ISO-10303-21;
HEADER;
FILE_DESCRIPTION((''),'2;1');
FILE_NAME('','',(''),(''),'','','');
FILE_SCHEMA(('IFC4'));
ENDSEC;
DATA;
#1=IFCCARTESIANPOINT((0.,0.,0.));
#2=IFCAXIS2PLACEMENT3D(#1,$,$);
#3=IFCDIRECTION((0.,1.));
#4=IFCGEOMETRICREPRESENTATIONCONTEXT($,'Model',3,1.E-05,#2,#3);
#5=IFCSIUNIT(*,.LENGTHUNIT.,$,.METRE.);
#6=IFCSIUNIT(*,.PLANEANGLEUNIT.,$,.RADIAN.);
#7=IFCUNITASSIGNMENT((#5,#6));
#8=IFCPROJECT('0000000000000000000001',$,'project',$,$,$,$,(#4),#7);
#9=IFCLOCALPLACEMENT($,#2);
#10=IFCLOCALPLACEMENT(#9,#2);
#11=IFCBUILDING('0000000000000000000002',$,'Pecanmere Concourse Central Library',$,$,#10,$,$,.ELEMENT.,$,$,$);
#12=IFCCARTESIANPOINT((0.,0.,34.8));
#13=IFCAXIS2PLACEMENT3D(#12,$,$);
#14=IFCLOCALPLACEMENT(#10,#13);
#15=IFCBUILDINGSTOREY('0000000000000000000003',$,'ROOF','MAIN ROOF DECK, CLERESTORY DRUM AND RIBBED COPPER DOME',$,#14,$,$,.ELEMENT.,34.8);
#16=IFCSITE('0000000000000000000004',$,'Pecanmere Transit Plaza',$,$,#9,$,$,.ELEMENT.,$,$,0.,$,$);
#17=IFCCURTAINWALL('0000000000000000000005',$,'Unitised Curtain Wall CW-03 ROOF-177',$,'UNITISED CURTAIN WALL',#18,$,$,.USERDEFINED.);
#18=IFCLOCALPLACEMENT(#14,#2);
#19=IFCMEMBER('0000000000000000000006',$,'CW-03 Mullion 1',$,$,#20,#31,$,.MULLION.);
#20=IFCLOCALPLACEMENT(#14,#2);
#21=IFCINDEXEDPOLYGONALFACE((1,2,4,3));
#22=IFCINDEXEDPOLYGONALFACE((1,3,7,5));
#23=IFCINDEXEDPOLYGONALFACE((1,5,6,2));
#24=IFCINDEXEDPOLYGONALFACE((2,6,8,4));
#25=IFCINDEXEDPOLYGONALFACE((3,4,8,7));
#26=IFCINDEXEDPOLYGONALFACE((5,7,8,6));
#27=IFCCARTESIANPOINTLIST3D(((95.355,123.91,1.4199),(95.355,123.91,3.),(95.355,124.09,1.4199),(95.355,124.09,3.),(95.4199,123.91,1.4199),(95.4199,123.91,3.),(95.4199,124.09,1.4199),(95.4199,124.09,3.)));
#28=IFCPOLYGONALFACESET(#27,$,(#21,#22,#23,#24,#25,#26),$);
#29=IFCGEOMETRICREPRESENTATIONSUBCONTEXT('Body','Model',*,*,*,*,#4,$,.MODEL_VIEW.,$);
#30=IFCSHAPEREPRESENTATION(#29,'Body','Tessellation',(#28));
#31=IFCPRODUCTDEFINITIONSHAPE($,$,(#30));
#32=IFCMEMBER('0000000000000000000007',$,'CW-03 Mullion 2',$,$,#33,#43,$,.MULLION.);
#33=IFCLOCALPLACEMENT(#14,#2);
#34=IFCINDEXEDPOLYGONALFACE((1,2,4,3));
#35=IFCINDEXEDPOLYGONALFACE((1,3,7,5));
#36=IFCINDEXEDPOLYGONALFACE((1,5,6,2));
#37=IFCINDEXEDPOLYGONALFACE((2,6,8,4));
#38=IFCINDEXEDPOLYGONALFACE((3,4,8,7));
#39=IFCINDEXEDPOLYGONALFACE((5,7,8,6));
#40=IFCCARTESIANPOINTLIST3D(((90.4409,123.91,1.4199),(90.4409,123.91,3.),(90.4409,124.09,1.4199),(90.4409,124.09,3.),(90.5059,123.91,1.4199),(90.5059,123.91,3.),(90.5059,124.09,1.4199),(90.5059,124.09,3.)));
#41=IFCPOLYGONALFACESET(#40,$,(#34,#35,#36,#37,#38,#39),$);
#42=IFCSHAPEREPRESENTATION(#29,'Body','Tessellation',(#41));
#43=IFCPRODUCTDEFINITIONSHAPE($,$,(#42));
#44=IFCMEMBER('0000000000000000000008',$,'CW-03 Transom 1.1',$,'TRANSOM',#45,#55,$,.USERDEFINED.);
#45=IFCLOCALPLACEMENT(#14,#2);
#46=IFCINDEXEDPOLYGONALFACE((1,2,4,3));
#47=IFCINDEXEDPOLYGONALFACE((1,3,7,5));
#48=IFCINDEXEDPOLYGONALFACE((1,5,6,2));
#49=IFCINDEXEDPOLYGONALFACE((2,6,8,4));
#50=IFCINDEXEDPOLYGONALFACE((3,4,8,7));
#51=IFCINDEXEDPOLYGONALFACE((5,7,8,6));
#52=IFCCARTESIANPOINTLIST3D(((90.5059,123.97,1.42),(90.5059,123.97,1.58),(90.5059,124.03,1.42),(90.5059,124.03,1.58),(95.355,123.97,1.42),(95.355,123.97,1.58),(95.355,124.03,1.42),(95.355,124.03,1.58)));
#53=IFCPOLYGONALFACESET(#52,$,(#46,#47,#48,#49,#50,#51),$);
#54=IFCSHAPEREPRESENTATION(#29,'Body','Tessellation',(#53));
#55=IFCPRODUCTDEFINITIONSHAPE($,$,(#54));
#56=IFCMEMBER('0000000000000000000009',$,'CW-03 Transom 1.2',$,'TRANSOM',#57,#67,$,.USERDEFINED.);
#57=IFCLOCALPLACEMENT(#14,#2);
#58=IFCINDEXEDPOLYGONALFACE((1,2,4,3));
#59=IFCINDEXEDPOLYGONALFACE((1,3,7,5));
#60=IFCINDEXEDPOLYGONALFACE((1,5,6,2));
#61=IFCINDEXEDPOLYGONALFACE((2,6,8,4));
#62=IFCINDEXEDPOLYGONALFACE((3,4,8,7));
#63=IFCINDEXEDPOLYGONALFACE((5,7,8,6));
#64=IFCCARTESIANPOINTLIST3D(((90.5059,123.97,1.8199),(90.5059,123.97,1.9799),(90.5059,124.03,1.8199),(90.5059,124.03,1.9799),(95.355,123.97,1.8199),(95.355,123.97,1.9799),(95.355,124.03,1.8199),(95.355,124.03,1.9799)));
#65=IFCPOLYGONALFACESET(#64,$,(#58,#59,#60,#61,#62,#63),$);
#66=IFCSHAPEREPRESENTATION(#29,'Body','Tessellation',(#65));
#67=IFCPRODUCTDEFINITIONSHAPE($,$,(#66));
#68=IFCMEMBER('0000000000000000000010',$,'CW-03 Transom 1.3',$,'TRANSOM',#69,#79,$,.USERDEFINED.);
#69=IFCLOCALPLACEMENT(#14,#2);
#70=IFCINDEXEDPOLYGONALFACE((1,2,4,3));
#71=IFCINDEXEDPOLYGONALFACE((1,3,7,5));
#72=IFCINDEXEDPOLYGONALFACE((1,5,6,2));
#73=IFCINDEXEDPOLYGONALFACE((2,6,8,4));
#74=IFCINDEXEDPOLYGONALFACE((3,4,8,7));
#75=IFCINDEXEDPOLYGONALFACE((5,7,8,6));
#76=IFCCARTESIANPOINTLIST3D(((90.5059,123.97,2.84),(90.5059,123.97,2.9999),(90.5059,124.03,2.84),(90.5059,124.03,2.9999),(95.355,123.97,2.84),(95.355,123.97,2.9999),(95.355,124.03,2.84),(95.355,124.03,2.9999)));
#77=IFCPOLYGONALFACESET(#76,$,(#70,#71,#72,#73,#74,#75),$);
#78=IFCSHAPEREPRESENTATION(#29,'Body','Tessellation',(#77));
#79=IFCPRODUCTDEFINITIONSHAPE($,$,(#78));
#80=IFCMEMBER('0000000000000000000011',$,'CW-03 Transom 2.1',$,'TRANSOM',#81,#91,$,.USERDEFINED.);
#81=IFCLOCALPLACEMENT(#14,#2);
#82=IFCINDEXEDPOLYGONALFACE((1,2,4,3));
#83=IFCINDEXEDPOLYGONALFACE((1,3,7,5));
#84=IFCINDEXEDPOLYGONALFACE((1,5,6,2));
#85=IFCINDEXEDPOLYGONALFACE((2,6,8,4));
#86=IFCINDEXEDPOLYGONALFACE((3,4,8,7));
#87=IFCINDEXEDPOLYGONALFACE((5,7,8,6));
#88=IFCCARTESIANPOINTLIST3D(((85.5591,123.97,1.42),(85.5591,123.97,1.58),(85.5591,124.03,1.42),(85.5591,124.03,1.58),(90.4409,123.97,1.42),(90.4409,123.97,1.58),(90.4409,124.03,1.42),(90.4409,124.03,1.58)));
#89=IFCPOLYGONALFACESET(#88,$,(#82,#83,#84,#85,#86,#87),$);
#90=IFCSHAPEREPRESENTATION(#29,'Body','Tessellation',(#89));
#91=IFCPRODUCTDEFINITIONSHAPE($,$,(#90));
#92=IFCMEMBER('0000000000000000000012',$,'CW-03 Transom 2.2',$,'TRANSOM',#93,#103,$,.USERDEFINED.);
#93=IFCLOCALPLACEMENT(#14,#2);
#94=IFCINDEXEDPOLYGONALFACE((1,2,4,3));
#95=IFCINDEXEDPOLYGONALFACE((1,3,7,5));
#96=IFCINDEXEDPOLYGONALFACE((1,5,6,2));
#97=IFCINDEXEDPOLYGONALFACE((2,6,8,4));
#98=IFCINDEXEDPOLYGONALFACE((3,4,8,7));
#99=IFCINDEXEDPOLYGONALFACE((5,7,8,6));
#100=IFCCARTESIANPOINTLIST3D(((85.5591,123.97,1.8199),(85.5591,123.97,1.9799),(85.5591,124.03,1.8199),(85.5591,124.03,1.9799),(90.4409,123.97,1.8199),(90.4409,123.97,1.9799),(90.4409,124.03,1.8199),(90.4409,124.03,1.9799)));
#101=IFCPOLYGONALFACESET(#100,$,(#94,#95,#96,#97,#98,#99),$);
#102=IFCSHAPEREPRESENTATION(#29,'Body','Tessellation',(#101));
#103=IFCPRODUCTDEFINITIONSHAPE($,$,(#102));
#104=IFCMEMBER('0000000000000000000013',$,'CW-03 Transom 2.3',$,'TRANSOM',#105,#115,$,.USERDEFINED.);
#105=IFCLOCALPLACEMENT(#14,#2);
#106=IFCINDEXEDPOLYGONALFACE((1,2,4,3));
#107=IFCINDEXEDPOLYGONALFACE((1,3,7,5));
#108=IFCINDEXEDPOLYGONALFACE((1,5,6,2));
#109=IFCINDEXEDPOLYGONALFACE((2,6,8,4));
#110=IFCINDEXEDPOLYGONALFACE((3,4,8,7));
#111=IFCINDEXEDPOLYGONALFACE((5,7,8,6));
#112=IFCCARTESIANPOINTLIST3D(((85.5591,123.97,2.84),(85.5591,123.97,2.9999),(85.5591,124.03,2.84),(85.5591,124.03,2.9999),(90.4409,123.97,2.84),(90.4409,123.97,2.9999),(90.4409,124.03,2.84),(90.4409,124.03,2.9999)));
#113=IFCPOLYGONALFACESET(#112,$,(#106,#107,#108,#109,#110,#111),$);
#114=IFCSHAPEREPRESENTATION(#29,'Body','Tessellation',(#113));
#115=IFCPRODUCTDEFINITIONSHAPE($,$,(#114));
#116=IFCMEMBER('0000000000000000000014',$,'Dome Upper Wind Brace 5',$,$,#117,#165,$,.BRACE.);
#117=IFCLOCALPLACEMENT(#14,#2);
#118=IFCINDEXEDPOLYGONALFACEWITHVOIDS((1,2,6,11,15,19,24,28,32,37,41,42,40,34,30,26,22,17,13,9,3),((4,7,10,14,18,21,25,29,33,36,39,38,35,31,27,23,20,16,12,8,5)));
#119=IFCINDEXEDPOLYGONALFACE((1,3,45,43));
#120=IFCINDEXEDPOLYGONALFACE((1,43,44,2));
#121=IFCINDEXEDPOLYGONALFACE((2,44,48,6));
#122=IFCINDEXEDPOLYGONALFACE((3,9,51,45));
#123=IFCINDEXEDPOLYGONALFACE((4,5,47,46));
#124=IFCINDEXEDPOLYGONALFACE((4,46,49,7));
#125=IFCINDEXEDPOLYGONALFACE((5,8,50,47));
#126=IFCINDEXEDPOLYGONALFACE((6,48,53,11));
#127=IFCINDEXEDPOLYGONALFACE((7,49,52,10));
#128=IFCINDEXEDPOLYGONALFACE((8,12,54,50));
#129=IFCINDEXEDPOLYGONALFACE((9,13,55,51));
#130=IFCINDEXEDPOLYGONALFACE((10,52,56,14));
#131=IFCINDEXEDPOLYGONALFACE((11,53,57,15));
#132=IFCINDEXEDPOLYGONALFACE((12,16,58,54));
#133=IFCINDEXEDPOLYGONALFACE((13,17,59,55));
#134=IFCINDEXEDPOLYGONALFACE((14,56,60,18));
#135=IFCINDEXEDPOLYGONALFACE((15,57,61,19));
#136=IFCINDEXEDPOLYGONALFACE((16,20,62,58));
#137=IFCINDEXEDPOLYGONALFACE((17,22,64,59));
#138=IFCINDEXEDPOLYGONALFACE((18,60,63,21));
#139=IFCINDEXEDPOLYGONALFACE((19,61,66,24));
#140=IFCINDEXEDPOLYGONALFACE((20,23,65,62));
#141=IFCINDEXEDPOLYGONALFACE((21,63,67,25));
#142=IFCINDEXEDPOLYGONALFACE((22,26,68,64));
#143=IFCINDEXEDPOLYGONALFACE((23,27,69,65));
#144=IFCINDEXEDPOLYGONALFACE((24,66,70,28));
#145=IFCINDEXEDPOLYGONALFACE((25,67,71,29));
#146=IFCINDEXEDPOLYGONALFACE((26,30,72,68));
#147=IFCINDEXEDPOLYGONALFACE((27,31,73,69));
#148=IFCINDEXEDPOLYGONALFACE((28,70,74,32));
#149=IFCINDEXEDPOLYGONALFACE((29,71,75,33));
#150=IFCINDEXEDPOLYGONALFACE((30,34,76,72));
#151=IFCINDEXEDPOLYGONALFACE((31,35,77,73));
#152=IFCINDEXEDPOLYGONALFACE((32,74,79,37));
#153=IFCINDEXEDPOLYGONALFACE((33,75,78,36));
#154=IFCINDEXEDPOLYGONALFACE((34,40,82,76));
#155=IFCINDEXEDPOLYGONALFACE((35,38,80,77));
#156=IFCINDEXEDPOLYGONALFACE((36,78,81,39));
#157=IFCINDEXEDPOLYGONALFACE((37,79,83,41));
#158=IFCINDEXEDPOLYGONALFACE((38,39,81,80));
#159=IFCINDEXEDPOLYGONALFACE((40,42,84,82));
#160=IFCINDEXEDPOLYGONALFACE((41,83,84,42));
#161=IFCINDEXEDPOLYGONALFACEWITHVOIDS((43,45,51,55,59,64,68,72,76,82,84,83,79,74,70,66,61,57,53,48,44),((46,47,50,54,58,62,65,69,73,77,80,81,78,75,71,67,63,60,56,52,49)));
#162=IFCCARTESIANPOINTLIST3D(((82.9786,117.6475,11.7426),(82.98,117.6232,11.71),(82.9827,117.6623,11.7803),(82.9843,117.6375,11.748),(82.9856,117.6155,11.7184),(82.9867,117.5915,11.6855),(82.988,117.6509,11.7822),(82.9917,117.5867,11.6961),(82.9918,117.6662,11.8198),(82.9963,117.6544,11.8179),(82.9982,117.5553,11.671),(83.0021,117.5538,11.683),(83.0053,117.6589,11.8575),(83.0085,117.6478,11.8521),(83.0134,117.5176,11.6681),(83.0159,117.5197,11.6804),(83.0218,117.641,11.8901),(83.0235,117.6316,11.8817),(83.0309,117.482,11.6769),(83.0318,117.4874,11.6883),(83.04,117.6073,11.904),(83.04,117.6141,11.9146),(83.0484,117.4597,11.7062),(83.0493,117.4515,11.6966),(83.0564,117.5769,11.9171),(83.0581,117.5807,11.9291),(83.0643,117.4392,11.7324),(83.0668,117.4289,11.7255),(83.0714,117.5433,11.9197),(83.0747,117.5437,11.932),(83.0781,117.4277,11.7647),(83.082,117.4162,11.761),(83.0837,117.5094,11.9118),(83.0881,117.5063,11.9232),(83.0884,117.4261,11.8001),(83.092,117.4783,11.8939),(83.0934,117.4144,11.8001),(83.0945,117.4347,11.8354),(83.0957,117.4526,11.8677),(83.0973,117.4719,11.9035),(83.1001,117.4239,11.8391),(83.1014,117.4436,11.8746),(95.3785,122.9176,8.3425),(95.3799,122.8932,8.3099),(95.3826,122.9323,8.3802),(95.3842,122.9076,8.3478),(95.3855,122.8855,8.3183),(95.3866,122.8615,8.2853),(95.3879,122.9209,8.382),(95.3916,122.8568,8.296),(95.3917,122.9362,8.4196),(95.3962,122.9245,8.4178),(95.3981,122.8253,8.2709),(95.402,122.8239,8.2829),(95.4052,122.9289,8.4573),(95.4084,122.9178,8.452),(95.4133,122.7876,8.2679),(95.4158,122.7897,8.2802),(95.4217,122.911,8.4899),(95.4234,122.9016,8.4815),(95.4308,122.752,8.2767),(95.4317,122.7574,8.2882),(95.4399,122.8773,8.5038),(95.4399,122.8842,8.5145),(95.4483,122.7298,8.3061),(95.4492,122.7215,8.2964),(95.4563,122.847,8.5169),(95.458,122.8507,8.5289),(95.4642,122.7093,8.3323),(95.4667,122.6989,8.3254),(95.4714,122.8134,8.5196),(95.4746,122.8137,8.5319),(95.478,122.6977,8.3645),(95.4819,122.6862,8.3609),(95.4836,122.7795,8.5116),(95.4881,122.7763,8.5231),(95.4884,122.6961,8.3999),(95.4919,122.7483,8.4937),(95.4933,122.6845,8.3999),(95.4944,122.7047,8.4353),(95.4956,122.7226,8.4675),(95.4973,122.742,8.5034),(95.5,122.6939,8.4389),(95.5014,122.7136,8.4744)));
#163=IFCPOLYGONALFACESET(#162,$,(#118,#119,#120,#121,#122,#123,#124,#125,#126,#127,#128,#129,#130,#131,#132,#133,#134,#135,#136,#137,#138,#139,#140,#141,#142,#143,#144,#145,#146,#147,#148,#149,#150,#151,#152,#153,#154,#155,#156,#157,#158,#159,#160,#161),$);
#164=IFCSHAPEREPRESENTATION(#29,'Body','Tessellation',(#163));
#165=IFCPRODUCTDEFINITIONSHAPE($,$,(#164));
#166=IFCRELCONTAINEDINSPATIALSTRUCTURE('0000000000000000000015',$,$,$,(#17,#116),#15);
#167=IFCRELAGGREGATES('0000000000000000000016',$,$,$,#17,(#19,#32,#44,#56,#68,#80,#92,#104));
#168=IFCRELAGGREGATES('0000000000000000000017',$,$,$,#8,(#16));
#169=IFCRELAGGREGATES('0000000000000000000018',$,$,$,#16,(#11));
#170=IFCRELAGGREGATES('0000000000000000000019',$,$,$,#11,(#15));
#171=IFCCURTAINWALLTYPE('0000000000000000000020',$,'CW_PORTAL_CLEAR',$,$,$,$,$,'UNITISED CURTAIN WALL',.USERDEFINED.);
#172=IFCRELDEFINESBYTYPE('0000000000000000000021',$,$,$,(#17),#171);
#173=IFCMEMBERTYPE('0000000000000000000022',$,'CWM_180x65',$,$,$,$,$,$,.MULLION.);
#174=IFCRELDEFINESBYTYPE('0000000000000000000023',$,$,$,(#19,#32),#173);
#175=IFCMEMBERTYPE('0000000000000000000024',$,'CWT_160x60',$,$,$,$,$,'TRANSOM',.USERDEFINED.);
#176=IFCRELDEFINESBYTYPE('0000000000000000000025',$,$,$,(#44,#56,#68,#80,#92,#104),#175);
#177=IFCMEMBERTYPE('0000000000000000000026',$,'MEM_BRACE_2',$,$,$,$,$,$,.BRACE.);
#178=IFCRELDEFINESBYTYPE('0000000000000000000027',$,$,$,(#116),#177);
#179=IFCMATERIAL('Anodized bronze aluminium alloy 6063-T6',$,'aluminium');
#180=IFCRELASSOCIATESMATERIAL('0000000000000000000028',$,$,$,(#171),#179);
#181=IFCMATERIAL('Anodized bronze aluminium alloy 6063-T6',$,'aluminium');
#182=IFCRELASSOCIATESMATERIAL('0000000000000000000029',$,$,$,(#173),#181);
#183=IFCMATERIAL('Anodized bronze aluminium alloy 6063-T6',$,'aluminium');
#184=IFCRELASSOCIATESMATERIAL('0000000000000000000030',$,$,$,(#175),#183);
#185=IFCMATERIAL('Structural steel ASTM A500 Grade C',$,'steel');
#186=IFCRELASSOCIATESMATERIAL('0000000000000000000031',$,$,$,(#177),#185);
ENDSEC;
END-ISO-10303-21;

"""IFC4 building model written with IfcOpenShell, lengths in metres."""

from ifc_helpers import new_model, si_unit, direction, frame, origin, origin_2d, place, context, subcontext, project, spatial, rectangle, hollow_circle, extrude, material, material_profile, profile_set, type_object, element, aggregate, save


model = new_model("IFC4")

# Units and contexts
model_context = context("Model", 3, precision=1e-05, world=origin(), true_north=direction((0.0, 1.0)))
body_context = subcontext(model_context, "Body", "Model", "MODEL_VIEW")
ifc_project = project(units=[si_unit("LENGTHUNIT", "METRE"), si_unit("PLANEANGLEUNIT", "RADIAN")], contexts=[model_context])

# Site, building, storey
site_placement = place(None, origin())
site = spatial("IfcSite", under=ifc_project, at=site_placement, Name="Pecanmere Transit Plaza", CompositionType="ELEMENT", RefElevation=0.0)
building_placement = place(site_placement, origin())
building = spatial("IfcBuilding", under=site, at=building_placement, Name="Pecanmere Concourse Central Library", CompositionType="ELEMENT")
storey_placement = place(building_placement, frame((0.0, 0.0, 34.8)))
storey = spatial("IfcBuildingStorey", under=building, at=storey_placement, Name="ROOF", Description="MAIN ROOF DECK, CLERESTORY DRUM AND RIBBED COPPER DOME", CompositionType="ELEMENT", Elevation=34.8)

# Curtain wall, members
ifc_material_1 = material(Name="Anodized bronze aluminium alloy 6063-T6", Category="aluminium")
curtain_wall_type = type_object("IfcCurtainWallType", Name="CW_PORTAL_CLEAR", ElementType="UNITISED CURTAIN WALL", PredefinedType="USERDEFINED", material=ifc_material_1)
curtain_wall_placement = place(storey_placement, origin())
curtain_wall = element("IfcCurtainWall", 1, at=curtain_wall_placement, inside=storey, type_object=curtain_wall_type, Name="Unitised Curtain Wall CW-03 ROOF-177", ObjectType="UNITISED CURTAIN WALL", PredefinedType="USERDEFINED")
ifc_material_2 = material(Name="Anodized bronze aluminium alloy 6063-T6", Category="aluminium")
ifc_material_profile_1 = material_profile(ifc_material_2, rectangle(XDim=0.0649, YDim=0.1799, at=origin_2d()), Name="AL 65x180")
ifc_profile_set_1 = profile_set([ifc_material_profile_1], Name="Anodized bronze aluminium alloy 6063-T6")
member_type_1 = type_object("IfcMemberType", Name="CWM_180x65", PredefinedType="MULLION", material=ifc_profile_set_1)
member_1_placement = place(storey_placement, frame((95.3875, 124.0, 1.4199), z_axis=(0.0, 0.0, 1.0), x_axis=(-1.0, 0.0, 0.0)))
member_1 = element("IfcMember", 2, at=member_1_placement, type_object=member_type_1, Name="CW-03 Mullion 1", PredefinedType="MULLION", context=body_context, shape_type="SweptSolid", body=[
    extrude(rectangle(XDim=0.0649, YDim=0.1799, at=origin_2d()), origin(), (0.0, 0.0, 1.0), 1.5801),
])
member_2_placement = place(storey_placement, frame((90.4734, 124.0, 1.4199), z_axis=(0.0, 0.0, 1.0), x_axis=(-1.0, 0.0, 0.0)))
member_2 = element("IfcMember", 3, at=member_2_placement, type_object=member_type_1, Name="CW-03 Mullion 2", PredefinedType="MULLION", context=body_context, shape_type="SweptSolid", body=[
    extrude(rectangle(XDim=0.0649, YDim=0.1799, at=origin_2d()), origin(), (0.0, 0.0, 1.0), 1.5801),
])
ifc_material_3 = material(Name="Anodized bronze aluminium alloy 6063-T6", Category="aluminium")
ifc_material_profile_2 = material_profile(ifc_material_3, rectangle(XDim=0.0601, YDim=0.1599, at=origin_2d()), Name="AL 60x160")
ifc_profile_set_2 = profile_set([ifc_material_profile_2], Name="Anodized bronze aluminium alloy 6063-T6")
member_type_2 = type_object("IfcMemberType", Name="CWT_160x60", ElementType="TRANSOM", PredefinedType="USERDEFINED", material=ifc_profile_set_2)
member_3_placement = place(storey_placement, frame((95.355, 124.0, 1.5), z_axis=(-1.0, 0.0, 0.0), x_axis=(0.0, -1.0, 0.0)))
member_3 = element("IfcMember", 4, at=member_3_placement, type_object=member_type_2, Name="CW-03 Transom 1.1", ObjectType="TRANSOM", PredefinedType="USERDEFINED", context=body_context, shape_type="SweptSolid", body=[
    extrude(rectangle(XDim=0.0601, YDim=0.1599, at=origin_2d()), origin(), (0.0, 0.0, 1.0), 4.8491),
])
member_4_placement = place(storey_placement, frame((95.355, 124.0, 1.8999), z_axis=(-1.0, 0.0, 0.0), x_axis=(0.0, -1.0, 0.0)))
member_4 = element("IfcMember", 5, at=member_4_placement, type_object=member_type_2, Name="CW-03 Transom 1.2", ObjectType="TRANSOM", PredefinedType="USERDEFINED", context=body_context, shape_type="SweptSolid", body=[
    extrude(rectangle(XDim=0.0601, YDim=0.1599, at=origin_2d()), origin(), (0.0, 0.0, 1.0), 4.8491),
])
member_5_placement = place(storey_placement, frame((95.355, 124.0, 2.9199), z_axis=(-1.0, 0.0, 0.0), x_axis=(0.0, -1.0, 0.0)))
member_5 = element("IfcMember", 6, at=member_5_placement, type_object=member_type_2, Name="CW-03 Transom 1.3", ObjectType="TRANSOM", PredefinedType="USERDEFINED", context=body_context, shape_type="SweptSolid", body=[
    extrude(rectangle(XDim=0.0601, YDim=0.1599, at=origin_2d()), origin(), (0.0, 0.0, 1.0), 4.8491),
])
member_6_placement = place(storey_placement, frame((90.4409, 124.0, 1.5), z_axis=(-1.0, 0.0, 0.0), x_axis=(0.0, -1.0, 0.0)))
member_6 = element("IfcMember", 7, at=member_6_placement, type_object=member_type_2, Name="CW-03 Transom 2.1", ObjectType="TRANSOM", PredefinedType="USERDEFINED", context=body_context, shape_type="SweptSolid", body=[
    extrude(rectangle(XDim=0.0601, YDim=0.1599, at=origin_2d()), origin(), (0.0, 0.0, 1.0), 4.8818),
])
member_7_placement = place(storey_placement, frame((90.4409, 124.0, 1.8999), z_axis=(-1.0, 0.0, 0.0), x_axis=(0.0, -1.0, 0.0)))
member_7 = element("IfcMember", 8, at=member_7_placement, type_object=member_type_2, Name="CW-03 Transom 2.2", ObjectType="TRANSOM", PredefinedType="USERDEFINED", context=body_context, shape_type="SweptSolid", body=[
    extrude(rectangle(XDim=0.0601, YDim=0.1599, at=origin_2d()), origin(), (0.0, 0.0, 1.0), 4.8818),
])
member_8_placement = place(storey_placement, frame((90.4409, 124.0, 2.9199), z_axis=(-1.0, 0.0, 0.0), x_axis=(0.0, -1.0, 0.0)))
member_8 = element("IfcMember", 9, at=member_8_placement, type_object=member_type_2, Name="CW-03 Transom 2.3", ObjectType="TRANSOM", PredefinedType="USERDEFINED", context=body_context, shape_type="SweptSolid", body=[
    extrude(rectangle(XDim=0.0601, YDim=0.1599, at=origin_2d()), origin(), (0.0, 0.0, 1.0), 4.8818),
])

# Member
ifc_material_4 = material(Name="Structural steel ASTM A500 Grade C", Category="steel")
ifc_material_profile_3 = material_profile(ifc_material_4, hollow_circle(Radius=0.1365, WallThickness=0.0127, at=origin_2d()), Name="HSS273.1x12.7")
ifc_profile_set_3 = profile_set([ifc_material_profile_3], Name="Structural steel ASTM A500 Grade C")
member_type_3 = type_object("IfcMemberType", Name="MEM_BRACE_2", PredefinedType="BRACE", material=ifc_profile_set_3)
member_9_placement = place(storey_placement, frame((95.4399, 122.8101, 8.3999), z_axis=(-0.892353, -0.379254, 0.24469), x_axis=(0.391144, -0.920329, 0.0)))
element("IfcMember", 10, at=member_9_placement, inside=storey, type_object=member_type_3, Name="Dome Upper Wind Brace 5", PredefinedType="BRACE", context=body_context, shape_type="SweptSolid", body=[
    extrude(hollow_circle(Radius=0.1365, WallThickness=0.0127, at=origin_2d()), origin(), (0.0, 0.0, 1.0), 13.8958),
])

aggregate(curtain_wall, [member_1, member_2, member_3, member_4, member_5, member_6, member_7, member_8])

save(model, "model.ifc")
